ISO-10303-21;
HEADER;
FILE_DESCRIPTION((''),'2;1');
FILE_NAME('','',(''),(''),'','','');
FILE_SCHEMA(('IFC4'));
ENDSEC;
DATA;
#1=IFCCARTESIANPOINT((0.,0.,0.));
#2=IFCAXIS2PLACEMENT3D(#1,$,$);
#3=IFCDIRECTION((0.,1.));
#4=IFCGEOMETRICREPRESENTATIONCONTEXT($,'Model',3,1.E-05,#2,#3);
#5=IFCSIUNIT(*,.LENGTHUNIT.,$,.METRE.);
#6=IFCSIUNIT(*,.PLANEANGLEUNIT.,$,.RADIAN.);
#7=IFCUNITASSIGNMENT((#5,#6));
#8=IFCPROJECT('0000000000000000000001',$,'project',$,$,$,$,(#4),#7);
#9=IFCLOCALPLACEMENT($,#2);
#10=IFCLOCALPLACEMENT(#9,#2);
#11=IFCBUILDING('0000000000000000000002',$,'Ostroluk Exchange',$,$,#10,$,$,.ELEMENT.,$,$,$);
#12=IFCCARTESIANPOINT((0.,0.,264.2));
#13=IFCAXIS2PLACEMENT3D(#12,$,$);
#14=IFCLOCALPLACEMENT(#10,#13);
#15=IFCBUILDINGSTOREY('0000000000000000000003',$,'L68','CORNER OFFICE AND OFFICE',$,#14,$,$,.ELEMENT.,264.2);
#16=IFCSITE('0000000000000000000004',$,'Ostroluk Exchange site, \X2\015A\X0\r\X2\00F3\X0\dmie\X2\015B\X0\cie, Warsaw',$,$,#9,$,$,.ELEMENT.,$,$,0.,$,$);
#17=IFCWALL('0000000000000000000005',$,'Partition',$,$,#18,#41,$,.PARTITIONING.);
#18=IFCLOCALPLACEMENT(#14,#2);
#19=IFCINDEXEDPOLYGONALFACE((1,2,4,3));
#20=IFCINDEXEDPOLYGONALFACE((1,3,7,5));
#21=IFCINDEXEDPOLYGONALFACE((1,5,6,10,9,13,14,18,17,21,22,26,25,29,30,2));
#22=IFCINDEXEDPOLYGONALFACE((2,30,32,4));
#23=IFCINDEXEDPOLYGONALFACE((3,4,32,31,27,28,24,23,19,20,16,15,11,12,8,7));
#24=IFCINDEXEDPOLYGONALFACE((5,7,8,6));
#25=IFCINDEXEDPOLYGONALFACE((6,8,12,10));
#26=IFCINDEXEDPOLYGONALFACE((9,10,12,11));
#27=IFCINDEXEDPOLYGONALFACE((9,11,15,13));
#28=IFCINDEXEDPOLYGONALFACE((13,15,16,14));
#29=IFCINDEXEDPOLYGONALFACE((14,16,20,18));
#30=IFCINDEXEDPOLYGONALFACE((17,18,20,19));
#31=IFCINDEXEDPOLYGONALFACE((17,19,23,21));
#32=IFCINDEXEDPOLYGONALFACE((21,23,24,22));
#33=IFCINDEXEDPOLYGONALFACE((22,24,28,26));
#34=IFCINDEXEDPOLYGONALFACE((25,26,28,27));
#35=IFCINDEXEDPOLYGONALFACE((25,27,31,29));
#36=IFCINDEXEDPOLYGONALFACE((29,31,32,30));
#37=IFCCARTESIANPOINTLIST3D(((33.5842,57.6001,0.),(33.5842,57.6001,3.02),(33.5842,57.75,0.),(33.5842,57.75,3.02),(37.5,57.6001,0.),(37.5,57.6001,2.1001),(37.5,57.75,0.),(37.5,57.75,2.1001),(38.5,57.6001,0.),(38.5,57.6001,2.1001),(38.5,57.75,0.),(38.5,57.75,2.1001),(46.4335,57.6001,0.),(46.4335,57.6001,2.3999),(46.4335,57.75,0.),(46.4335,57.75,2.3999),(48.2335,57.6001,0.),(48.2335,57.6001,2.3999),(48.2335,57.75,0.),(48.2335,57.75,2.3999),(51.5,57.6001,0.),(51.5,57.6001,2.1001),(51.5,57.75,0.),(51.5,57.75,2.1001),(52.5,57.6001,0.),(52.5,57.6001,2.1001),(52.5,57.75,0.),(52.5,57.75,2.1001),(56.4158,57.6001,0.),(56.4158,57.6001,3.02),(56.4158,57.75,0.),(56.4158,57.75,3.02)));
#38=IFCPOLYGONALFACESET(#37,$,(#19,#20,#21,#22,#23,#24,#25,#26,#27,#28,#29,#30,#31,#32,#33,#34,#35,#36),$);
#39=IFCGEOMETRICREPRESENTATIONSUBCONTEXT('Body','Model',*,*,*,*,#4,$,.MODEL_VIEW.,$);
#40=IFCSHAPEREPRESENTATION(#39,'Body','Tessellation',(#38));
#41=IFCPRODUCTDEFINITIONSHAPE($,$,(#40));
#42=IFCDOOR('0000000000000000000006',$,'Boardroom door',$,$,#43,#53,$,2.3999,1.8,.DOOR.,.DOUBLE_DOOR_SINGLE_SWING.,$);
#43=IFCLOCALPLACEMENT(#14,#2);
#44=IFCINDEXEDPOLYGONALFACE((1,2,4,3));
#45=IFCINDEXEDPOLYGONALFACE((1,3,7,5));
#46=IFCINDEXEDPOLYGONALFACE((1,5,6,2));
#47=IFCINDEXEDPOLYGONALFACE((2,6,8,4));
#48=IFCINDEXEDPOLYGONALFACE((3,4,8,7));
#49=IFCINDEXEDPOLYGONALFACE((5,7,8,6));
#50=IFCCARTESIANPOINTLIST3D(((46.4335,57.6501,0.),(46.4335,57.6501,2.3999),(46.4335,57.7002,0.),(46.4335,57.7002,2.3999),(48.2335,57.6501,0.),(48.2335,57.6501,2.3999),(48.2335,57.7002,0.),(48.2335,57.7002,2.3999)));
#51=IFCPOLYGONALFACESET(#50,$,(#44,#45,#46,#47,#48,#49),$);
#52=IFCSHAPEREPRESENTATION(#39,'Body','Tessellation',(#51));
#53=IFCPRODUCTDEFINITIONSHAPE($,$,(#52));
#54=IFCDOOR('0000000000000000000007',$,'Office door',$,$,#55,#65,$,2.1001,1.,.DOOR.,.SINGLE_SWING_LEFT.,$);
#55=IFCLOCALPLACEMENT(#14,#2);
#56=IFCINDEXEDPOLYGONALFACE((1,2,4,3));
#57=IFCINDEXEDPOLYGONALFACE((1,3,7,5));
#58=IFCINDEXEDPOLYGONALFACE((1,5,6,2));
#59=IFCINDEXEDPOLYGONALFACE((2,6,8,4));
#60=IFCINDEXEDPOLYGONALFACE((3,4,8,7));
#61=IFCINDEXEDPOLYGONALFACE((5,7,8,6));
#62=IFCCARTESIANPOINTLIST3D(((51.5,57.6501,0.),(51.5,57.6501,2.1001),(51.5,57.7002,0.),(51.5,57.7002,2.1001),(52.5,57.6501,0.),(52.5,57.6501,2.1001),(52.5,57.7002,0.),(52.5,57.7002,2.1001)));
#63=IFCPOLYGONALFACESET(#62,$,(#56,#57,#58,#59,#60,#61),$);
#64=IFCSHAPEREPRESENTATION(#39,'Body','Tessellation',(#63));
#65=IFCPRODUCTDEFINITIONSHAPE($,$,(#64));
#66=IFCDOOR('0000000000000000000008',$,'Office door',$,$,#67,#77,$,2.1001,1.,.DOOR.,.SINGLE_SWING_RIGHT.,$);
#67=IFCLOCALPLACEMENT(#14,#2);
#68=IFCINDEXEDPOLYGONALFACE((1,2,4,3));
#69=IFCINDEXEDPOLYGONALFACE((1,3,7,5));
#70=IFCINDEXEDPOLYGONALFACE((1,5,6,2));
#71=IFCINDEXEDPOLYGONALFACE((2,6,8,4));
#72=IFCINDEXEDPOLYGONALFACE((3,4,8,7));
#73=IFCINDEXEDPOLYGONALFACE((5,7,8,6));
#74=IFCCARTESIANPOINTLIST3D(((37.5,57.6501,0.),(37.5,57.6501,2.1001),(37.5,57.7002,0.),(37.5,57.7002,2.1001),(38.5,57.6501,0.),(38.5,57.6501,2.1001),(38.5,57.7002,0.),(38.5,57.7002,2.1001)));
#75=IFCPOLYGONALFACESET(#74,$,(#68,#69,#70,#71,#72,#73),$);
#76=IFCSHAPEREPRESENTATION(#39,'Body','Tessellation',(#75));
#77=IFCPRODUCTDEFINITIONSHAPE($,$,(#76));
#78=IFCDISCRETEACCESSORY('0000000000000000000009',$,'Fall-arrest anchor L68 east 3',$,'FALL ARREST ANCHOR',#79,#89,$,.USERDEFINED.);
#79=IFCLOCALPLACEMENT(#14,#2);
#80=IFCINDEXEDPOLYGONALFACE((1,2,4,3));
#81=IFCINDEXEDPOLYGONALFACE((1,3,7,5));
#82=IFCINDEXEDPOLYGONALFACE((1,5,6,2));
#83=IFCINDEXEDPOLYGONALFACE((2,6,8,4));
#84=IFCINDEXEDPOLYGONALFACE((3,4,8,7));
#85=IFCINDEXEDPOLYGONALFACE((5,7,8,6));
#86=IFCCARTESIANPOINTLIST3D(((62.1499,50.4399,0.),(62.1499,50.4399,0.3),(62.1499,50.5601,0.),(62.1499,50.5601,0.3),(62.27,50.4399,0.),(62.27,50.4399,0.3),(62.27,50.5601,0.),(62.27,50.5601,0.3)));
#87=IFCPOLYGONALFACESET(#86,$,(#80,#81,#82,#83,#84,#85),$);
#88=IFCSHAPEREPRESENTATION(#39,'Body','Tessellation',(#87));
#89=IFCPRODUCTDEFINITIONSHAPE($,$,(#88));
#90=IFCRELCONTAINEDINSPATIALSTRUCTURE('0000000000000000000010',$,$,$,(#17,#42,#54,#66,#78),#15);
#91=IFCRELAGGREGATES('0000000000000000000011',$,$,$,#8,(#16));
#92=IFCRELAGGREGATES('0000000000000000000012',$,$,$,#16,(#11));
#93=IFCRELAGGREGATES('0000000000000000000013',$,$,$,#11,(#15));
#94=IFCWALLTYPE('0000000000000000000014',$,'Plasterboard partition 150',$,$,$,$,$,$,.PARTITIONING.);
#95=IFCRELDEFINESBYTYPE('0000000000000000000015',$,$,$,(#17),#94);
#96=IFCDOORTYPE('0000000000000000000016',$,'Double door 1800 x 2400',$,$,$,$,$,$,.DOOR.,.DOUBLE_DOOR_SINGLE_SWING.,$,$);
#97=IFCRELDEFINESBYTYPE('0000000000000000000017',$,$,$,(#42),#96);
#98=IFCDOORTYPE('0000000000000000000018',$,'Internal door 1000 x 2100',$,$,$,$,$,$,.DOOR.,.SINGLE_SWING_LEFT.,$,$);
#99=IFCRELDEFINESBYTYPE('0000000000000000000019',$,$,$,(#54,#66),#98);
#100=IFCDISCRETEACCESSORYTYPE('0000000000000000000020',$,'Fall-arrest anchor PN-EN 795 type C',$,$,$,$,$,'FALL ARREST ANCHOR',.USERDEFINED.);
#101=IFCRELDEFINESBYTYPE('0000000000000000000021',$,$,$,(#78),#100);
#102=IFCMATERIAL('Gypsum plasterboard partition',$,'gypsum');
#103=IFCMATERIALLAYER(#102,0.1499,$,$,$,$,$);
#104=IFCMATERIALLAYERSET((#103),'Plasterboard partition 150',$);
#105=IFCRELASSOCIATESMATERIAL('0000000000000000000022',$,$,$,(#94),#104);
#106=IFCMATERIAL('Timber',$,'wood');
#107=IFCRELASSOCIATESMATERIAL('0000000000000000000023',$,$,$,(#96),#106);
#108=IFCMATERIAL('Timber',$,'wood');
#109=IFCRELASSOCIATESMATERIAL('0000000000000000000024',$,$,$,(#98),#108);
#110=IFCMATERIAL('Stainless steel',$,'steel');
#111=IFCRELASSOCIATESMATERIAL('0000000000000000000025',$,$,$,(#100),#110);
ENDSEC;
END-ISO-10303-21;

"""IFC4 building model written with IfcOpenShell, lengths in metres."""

from ifc_helpers import new_model, si_unit, direction, frame, frame_2d, origin, origin_2d, place, context, subcontext, project, spatial, rectangle, extrude, material, layer, layer_set, type_object, element, fill, save


model = new_model("IFC4")

# Units and contexts
model_context = context("Model", 3, precision=1e-05, world=origin(), true_north=direction((0.0, 1.0)))
body_context = subcontext(model_context, "Body", "Model", "MODEL_VIEW")
ifc_project = project(units=[si_unit("LENGTHUNIT", "METRE"), si_unit("PLANEANGLEUNIT", "RADIAN")], contexts=[model_context])

# Site, building, storey
site_placement = place(None, origin())
site = spatial("IfcSite", under=ifc_project, at=site_placement, Name="Ostroluk Exchange site, Śródmieście, Warsaw", CompositionType="ELEMENT", RefElevation=0.0)
building_placement = place(site_placement, origin())
building = spatial("IfcBuilding", under=site, at=building_placement, Name="Ostroluk Exchange", CompositionType="ELEMENT")
storey_placement = place(building_placement, frame((0.0, 0.0, 264.2)))
storey = spatial("IfcBuildingStorey", under=building, at=storey_placement, Name="L68", Description="CORNER OFFICE AND OFFICE", CompositionType="ELEMENT", Elevation=264.2)

# Shared definitions
ifc_material_1 = material(Name="Gypsum plasterboard partition", Category="gypsum")
ifc_layer_1 = layer(ifc_material_1, 0.1499)
ifc_layer_set_1 = layer_set([ifc_layer_1], Name="Plasterboard partition 150")
wall_type = type_object("IfcWallType", Name="Plasterboard partition 150", PredefinedType="PARTITIONING", material=ifc_layer_set_1)

# Wall, openings, doors
wall_1_placement = place(storey_placement, frame((56.4158, 57.675, 0.0), z_axis=(0.0, 0.0, 1.0), x_axis=(-1.0, 0.0, 0.0)))
wall_1 = element("IfcWall", 1, at=wall_1_placement, inside=storey, type_object=wall_type, Name="Partition", PredefinedType="PARTITIONING", context=body_context, shape_type="SweptSolid", body=[
    extrude(rectangle(XDim=22.8315, YDim=0.1499, at=frame_2d((11.4158, 0.0))), origin(), (0.0, 0.0, 1.0), 3.02),
])
opening_1_placement = place(wall_1_placement, frame((3.9158, 0.0, 0.0)))
opening_1 = element("IfcOpeningElement", 2, at=opening_1_placement, cuts=wall_1, PredefinedType="OPENING", context=body_context, shape_type="SweptSolid", body=[
    extrude(rectangle(XDim=1.0, YDim=2.1001, at=frame_2d((0.5, 1.05))), frame((0.0, 0.085, 0.0), z_axis=(0.0, -1.0, 0.0), x_axis=(1.0, 0.0, 0.0)), (0.0, 0.0, 1.0), 0.1699),
])
opening_2_placement = place(wall_1_placement, frame((8.1824, 0.0, 0.0)))
opening_2 = element("IfcOpeningElement", 3, at=opening_2_placement, cuts=wall_1, PredefinedType="OPENING", context=body_context, shape_type="SweptSolid", body=[
    extrude(rectangle(XDim=1.8, YDim=2.3999, at=frame_2d((0.8999, 1.2))), frame((0.0, 0.085, 0.0), z_axis=(0.0, -1.0, 0.0), x_axis=(1.0, 0.0, 0.0)), (0.0, 0.0, 1.0), 0.1699),
])
opening_3_placement = place(wall_1_placement, frame((17.9158, 0.0, 0.0)))
opening_3 = element("IfcOpeningElement", 4, at=opening_3_placement, cuts=wall_1, PredefinedType="OPENING", context=body_context, shape_type="SweptSolid", body=[
    extrude(rectangle(XDim=1.0, YDim=2.1001, at=frame_2d((0.5, 1.05))), frame((0.0, 0.085, 0.0), z_axis=(0.0, -1.0, 0.0), x_axis=(1.0, 0.0, 0.0)), (0.0, 0.0, 1.0), 0.1699),
])
ifc_material_2 = material(Name="Timber", Category="wood")
door_type_1 = type_object("IfcDoorType", Name="Double door 1800 x 2400", OperationType="DOUBLE_DOOR_SINGLE_SWING", PredefinedType="DOOR", material=ifc_material_2)
door_1_placement = place(opening_2_placement, origin())
door_1 = element("IfcDoor", 5, at=door_1_placement, inside=storey, type_object=door_type_1, Name="Boardroom door", OperationType="DOUBLE_DOOR_SINGLE_SWING", OverallHeight=2.3999, OverallWidth=1.8, PredefinedType="DOOR", context=body_context, shape_type="SweptSolid", body=[
    extrude(rectangle(XDim=1.8, YDim=2.3999, at=frame_2d((0.8999, 1.2))), frame((0.0, 0.0249, 0.0), z_axis=(0.0, -1.0, 0.0), x_axis=(1.0, 0.0, 0.0)), (0.0, 0.0, 1.0), 0.05),
])
fill(opening_2, door_1)
ifc_material_3 = material(Name="Timber", Category="wood")
door_type_2 = type_object("IfcDoorType", Name="Internal door 1000 x 2100", OperationType="SINGLE_SWING_LEFT", PredefinedType="DOOR", material=ifc_material_3)
door_2_placement = place(opening_1_placement, origin())
door_2 = element("IfcDoor", 6, at=door_2_placement, inside=storey, type_object=door_type_2, Name="Office door", OperationType="SINGLE_SWING_LEFT", OverallHeight=2.1001, OverallWidth=1.0, PredefinedType="DOOR", context=body_context, shape_type="SweptSolid", body=[
    extrude(rectangle(XDim=1.0, YDim=2.1001, at=frame_2d((0.5, 1.05))), frame((0.0, 0.0249, 0.0), z_axis=(0.0, -1.0, 0.0), x_axis=(1.0, 0.0, 0.0)), (0.0, 0.0, 1.0), 0.05),
])
fill(opening_1, door_2)
door_3_placement = place(opening_3_placement, origin())
door_3 = element("IfcDoor", 7, at=door_3_placement, inside=storey, type_object=door_type_2, Name="Office door", OperationType="SINGLE_SWING_RIGHT", OverallHeight=2.1001, OverallWidth=1.0, PredefinedType="DOOR", context=body_context, shape_type="SweptSolid", body=[
    extrude(rectangle(XDim=1.0, YDim=2.1001, at=frame_2d((0.5, 1.05))), frame((0.0, 0.0249, 0.0), z_axis=(0.0, -1.0, 0.0), x_axis=(1.0, 0.0, 0.0)), (0.0, 0.0, 1.0), 0.05),
])
fill(opening_3, door_3)

# Discrete accessory
ifc_material_4 = material(Name="Stainless steel", Category="steel")
discrete_accessory_type = type_object("IfcDiscreteAccessoryType", Name="Fall-arrest anchor PN-EN 795 type C", ElementType="FALL ARREST ANCHOR", PredefinedType="USERDEFINED", material=ifc_material_4)
discrete_accessory_placement = place(storey_placement, frame((62.21, 50.5, 0.0), z_axis=(0.0, 0.0, 1.0), x_axis=(1.0, 0.0, 0.0)))
element("IfcDiscreteAccessory", 8, at=discrete_accessory_placement, inside=storey, type_object=discrete_accessory_type, Name="Fall-arrest anchor L68 east 3", ObjectType="FALL ARREST ANCHOR", PredefinedType="USERDEFINED", context=body_context, shape_type="SweptSolid", body=[
    extrude(rectangle(XDim=0.1201, YDim=0.1201, at=origin_2d()), origin(), (0.0, 0.0, 1.0), 0.3),
])

save(model, "model.ifc")
